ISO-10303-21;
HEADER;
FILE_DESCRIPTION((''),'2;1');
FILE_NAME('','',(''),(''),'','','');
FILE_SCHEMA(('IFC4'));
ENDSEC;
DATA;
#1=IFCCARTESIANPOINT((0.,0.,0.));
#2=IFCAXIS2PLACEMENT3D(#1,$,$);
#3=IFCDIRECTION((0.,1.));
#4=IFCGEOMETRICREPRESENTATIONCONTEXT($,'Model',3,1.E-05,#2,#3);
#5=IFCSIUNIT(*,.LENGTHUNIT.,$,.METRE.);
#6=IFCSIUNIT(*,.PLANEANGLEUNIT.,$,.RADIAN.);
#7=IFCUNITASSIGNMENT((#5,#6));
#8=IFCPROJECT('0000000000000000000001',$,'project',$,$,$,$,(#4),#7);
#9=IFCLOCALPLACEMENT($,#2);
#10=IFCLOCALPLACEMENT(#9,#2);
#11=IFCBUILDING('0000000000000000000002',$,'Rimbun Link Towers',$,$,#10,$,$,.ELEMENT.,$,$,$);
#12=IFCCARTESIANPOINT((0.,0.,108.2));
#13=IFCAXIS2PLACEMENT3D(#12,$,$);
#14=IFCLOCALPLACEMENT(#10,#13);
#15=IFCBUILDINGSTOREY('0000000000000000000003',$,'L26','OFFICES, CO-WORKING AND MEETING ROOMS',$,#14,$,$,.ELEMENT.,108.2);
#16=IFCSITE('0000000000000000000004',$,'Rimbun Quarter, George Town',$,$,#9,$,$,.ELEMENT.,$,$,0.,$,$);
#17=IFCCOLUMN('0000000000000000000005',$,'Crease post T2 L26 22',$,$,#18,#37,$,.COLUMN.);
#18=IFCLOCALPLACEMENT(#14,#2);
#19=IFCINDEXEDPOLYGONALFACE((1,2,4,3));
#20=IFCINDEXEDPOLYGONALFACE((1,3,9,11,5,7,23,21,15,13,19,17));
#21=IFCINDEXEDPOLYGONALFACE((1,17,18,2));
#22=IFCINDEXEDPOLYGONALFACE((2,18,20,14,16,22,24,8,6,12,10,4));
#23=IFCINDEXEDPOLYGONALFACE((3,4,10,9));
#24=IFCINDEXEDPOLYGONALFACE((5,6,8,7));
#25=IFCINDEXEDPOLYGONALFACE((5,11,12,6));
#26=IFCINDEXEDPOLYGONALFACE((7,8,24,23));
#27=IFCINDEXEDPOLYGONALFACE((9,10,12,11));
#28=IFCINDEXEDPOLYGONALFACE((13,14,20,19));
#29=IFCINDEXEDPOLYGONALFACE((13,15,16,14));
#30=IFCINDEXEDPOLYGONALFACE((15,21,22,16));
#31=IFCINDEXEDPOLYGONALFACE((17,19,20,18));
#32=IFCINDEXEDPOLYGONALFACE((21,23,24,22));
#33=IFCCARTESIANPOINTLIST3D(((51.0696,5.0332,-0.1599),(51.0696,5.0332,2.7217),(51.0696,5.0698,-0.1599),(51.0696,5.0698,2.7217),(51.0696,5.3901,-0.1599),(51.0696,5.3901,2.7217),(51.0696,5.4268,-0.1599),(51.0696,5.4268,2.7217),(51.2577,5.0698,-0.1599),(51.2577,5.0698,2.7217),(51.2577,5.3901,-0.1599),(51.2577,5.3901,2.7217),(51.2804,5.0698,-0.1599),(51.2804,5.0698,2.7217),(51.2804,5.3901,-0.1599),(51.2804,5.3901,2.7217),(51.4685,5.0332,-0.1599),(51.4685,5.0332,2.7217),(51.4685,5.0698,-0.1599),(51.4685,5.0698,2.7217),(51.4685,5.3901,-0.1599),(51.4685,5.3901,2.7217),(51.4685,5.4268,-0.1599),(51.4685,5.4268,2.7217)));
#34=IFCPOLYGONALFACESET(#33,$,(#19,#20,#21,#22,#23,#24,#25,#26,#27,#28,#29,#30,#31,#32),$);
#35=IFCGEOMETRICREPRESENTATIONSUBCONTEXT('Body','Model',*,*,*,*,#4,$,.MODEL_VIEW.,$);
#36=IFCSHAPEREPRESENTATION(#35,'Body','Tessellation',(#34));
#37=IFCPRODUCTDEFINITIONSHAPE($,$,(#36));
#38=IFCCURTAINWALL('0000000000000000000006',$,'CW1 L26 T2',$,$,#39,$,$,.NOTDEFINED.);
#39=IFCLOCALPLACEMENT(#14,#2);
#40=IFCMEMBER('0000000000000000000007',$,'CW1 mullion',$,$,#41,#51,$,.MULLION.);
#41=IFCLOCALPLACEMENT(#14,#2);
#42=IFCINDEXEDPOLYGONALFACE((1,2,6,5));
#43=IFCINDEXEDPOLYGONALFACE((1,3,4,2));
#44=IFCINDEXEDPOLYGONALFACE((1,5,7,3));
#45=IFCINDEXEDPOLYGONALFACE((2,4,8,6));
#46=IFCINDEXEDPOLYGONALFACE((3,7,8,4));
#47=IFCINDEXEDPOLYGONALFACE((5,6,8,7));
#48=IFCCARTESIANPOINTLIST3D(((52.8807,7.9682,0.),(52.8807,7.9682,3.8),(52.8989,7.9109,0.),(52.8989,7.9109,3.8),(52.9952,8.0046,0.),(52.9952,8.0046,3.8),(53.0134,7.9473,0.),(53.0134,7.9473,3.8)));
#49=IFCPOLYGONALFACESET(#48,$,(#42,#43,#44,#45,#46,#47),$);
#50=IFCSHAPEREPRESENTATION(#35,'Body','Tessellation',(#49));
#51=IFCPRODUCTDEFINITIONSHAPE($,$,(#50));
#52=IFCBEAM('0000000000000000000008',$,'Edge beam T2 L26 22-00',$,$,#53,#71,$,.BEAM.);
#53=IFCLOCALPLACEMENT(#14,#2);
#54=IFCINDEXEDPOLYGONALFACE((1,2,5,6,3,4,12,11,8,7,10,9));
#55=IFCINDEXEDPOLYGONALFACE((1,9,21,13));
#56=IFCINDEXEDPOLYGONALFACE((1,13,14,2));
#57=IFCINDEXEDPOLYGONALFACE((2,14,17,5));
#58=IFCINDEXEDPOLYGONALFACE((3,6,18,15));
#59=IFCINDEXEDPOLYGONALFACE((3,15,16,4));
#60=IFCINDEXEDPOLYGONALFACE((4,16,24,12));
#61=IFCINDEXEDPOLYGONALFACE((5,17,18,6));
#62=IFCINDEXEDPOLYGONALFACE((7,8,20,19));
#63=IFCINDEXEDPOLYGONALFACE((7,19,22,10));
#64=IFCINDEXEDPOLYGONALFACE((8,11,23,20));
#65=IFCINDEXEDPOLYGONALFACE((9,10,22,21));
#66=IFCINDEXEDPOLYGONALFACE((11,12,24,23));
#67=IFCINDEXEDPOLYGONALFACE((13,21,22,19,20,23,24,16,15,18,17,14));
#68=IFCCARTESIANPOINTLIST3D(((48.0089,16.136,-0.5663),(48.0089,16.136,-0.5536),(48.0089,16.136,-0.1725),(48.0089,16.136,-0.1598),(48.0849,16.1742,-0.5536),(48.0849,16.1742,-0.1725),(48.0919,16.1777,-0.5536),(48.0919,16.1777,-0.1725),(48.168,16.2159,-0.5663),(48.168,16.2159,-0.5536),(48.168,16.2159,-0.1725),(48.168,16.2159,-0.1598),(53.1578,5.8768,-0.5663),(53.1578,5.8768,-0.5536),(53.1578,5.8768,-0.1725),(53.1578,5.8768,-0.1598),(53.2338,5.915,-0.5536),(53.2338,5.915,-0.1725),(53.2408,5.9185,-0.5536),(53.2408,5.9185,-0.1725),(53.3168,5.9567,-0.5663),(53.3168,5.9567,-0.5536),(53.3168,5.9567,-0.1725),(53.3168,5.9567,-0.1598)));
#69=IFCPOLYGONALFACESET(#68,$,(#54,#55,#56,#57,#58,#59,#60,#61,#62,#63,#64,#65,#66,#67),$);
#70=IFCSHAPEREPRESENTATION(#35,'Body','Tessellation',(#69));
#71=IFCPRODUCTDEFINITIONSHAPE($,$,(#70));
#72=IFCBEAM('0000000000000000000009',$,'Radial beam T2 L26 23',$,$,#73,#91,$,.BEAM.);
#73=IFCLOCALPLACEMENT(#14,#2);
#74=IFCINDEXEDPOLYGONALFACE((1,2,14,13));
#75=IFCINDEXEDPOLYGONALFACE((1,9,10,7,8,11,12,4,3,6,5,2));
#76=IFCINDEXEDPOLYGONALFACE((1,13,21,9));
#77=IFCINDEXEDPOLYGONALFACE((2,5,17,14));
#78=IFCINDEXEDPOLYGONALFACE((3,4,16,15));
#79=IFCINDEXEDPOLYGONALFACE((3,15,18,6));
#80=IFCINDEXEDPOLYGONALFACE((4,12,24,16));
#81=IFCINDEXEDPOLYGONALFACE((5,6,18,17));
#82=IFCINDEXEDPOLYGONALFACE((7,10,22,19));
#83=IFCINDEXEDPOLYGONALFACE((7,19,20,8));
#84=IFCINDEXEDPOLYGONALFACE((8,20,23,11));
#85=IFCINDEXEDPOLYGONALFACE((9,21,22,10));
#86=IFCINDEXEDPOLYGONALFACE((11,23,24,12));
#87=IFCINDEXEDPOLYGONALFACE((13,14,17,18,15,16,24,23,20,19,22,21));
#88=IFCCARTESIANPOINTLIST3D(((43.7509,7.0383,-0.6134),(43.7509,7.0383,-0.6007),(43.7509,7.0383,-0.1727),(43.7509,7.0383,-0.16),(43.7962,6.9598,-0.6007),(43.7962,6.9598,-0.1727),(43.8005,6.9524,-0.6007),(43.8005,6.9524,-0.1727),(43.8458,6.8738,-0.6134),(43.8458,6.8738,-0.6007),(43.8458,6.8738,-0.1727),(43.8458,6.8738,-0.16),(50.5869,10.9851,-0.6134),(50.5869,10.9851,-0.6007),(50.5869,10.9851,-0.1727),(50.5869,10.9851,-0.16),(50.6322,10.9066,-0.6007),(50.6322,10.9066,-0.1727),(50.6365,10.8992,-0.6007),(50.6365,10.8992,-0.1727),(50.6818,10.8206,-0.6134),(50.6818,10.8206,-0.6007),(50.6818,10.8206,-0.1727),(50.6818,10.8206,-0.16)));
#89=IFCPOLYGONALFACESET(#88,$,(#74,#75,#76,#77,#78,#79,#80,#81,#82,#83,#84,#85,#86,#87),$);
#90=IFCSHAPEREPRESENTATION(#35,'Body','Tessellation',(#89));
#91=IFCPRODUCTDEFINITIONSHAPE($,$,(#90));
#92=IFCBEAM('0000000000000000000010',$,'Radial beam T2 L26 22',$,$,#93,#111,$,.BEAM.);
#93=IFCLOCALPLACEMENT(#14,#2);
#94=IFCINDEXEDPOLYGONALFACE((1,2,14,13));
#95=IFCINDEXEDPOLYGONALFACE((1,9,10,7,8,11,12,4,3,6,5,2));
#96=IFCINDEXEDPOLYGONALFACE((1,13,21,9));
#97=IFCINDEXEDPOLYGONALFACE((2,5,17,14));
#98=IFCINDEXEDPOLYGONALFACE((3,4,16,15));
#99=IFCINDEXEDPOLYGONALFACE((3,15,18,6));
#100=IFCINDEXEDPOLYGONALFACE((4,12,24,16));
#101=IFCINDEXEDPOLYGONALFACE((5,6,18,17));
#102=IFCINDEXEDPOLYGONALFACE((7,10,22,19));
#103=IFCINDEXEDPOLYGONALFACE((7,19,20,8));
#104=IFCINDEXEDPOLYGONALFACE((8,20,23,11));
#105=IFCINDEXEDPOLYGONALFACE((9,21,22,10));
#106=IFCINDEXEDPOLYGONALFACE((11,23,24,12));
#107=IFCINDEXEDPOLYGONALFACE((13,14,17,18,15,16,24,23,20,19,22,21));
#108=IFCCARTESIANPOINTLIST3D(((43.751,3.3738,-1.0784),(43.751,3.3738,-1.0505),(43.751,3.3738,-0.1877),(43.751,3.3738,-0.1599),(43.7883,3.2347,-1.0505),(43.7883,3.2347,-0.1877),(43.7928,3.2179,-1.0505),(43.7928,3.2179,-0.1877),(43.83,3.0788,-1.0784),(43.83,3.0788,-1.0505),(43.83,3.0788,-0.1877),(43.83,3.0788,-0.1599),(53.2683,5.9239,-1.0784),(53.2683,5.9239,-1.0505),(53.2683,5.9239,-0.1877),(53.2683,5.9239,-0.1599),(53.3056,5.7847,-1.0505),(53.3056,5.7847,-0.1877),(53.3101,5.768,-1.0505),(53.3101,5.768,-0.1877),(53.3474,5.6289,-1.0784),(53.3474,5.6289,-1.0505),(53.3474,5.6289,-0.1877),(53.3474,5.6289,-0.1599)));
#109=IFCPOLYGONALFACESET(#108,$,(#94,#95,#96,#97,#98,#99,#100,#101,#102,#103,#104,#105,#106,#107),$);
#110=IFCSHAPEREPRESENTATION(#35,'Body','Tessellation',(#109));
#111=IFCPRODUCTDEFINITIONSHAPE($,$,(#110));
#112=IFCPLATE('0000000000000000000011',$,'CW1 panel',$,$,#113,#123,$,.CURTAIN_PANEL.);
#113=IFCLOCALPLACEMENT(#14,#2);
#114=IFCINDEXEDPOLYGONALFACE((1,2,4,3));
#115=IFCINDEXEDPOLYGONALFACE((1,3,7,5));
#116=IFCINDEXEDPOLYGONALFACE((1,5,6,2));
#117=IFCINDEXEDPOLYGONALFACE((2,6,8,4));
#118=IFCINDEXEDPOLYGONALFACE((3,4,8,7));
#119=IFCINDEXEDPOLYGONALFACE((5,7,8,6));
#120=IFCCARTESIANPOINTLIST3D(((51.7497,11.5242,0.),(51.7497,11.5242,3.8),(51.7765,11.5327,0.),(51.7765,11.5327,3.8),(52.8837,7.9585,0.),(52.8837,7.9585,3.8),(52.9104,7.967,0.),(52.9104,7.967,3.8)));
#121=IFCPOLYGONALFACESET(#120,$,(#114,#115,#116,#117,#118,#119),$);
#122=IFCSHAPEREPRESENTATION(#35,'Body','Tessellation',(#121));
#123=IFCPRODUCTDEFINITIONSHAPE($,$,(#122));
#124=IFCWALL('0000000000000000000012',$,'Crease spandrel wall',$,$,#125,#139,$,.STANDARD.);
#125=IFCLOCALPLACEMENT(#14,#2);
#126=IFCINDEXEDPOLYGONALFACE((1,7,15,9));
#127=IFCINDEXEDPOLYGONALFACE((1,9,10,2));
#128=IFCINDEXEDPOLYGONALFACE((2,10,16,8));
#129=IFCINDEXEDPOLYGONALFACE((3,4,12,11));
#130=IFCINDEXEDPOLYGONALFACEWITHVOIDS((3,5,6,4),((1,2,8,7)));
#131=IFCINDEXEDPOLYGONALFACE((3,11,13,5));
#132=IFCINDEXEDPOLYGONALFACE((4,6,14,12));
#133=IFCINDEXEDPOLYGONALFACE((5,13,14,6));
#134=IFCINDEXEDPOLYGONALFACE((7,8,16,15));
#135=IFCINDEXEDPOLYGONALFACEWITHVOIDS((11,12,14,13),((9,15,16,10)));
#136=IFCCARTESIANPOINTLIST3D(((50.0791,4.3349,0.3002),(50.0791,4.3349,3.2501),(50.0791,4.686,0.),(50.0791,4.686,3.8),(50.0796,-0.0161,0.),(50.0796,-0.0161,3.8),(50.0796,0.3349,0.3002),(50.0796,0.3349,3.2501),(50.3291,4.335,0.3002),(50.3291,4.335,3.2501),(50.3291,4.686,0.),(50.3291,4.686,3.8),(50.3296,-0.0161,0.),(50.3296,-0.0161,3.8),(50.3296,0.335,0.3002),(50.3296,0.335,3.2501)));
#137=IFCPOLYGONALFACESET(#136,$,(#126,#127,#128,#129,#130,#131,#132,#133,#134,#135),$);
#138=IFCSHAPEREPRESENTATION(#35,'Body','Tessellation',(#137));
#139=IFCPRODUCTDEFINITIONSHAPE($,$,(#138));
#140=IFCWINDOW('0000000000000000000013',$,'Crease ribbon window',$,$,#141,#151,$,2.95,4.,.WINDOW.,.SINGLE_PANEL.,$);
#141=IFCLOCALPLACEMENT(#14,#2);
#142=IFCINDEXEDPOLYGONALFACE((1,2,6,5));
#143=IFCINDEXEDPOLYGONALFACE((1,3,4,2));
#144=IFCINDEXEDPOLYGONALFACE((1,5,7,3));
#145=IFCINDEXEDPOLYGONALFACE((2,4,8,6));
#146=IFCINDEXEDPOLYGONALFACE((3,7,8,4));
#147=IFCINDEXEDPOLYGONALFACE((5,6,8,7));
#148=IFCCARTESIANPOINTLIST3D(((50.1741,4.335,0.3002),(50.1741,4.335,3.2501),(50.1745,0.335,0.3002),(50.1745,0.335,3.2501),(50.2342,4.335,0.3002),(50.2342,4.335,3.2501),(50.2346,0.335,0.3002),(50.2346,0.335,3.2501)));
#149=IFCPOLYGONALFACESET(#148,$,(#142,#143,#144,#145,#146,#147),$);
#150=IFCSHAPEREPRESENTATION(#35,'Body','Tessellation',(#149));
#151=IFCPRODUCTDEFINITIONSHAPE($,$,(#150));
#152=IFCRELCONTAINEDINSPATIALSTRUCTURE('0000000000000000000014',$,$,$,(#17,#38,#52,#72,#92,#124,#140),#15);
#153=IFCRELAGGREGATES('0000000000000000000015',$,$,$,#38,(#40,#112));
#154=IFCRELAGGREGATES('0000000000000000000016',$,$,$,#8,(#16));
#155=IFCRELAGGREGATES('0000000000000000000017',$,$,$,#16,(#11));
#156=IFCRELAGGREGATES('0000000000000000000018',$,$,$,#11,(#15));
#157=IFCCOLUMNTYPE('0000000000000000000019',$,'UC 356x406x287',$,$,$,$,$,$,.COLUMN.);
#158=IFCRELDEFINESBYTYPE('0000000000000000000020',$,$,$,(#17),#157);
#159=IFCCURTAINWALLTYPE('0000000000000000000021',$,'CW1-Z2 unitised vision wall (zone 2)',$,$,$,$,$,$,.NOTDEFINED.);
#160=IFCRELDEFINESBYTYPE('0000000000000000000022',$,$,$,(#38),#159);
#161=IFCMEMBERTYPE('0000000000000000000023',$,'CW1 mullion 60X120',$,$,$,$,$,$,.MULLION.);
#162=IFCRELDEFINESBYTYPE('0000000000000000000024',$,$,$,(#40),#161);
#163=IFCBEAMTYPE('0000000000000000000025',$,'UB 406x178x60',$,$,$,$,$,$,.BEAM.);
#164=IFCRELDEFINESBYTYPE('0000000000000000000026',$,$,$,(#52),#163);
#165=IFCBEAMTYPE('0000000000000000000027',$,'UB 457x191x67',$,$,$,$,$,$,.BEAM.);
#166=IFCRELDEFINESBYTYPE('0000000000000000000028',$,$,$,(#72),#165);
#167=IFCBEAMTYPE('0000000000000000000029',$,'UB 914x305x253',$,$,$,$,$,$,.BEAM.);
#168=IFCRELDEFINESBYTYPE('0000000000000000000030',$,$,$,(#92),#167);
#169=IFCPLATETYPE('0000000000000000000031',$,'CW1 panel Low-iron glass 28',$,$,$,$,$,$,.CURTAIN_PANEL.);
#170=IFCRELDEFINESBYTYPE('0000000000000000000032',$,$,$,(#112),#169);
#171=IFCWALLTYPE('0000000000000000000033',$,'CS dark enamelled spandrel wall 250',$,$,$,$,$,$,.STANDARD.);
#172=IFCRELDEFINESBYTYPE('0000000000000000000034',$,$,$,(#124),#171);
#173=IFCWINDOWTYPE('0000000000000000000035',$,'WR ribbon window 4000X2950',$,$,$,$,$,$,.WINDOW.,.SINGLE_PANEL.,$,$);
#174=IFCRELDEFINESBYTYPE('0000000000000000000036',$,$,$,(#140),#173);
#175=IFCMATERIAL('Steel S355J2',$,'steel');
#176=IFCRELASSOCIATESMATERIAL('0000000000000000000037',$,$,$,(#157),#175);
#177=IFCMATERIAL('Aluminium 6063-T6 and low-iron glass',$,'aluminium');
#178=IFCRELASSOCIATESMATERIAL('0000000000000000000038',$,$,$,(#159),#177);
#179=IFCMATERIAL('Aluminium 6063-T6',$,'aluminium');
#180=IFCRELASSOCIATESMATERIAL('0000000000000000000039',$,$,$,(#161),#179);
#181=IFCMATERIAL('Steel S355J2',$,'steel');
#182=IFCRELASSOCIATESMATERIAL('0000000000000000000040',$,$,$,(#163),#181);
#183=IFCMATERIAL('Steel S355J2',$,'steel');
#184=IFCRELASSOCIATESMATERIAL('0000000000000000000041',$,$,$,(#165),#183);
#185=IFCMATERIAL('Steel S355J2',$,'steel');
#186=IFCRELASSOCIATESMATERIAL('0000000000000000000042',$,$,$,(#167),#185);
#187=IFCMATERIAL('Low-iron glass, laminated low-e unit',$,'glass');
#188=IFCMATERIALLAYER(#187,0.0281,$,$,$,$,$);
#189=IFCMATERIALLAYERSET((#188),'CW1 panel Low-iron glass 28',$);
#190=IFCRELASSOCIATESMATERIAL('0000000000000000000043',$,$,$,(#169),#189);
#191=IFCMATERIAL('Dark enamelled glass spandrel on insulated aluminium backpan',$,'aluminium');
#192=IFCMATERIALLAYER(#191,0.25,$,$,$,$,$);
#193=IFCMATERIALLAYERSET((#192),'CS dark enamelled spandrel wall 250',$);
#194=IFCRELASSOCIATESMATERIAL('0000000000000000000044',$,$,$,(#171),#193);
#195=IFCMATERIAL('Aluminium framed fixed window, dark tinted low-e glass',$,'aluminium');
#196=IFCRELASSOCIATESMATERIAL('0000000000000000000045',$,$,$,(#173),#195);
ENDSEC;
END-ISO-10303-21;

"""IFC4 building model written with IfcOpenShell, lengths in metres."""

from ifc_helpers import new_model, si_unit, direction, frame, frame_2d, origin, origin_2d, place, context, subcontext, project, spatial, rectangle, i_section, extrude, material, layer, layer_set, material_profile, profile_set, type_object, element, fill, aggregate, save


model = new_model("IFC4")

# Units and contexts
model_context = context("Model", 3, precision=1e-05, world=origin(), true_north=direction((0.0, 1.0)))
body_context = subcontext(model_context, "Body", "Model", "MODEL_VIEW")
ifc_project = project(units=[si_unit("LENGTHUNIT", "METRE"), si_unit("PLANEANGLEUNIT", "RADIAN")], contexts=[model_context])

# Site, building, storey
site_placement = place(None, origin())
site = spatial("IfcSite", under=ifc_project, at=site_placement, Name="Rimbun Quarter, George Town", CompositionType="ELEMENT", RefElevation=0.0)
building_placement = place(site_placement, origin())
building = spatial("IfcBuilding", under=site, at=building_placement, Name="Rimbun Link Towers", CompositionType="ELEMENT")
storey_placement = place(building_placement, frame((0.0, 0.0, 108.2)))
storey = spatial("IfcBuildingStorey", under=building, at=storey_placement, Name="L26", Description="OFFICES, CO-WORKING AND MEETING ROOMS", CompositionType="ELEMENT", Elevation=108.2)

# Column
ifc_material_1 = material(Name="Steel S355J2", Category="steel")
ifc_material_profile_1 = material_profile(ifc_material_1, i_section(OverallWidth=0.3989, OverallDepth=0.3936, WebThickness=0.0227, FlangeThickness=0.0366, at=origin_2d()), Name="UC 356x406x287")
ifc_profile_set_1 = profile_set([ifc_material_profile_1], Name="Steel S355J2")
column_type = type_object("IfcColumnType", Name="UC 356x406x287", PredefinedType="COLUMN", material=ifc_profile_set_1)
column_placement = place(storey_placement, frame((51.269, 5.23, -0.1599), z_axis=(0.0, 0.0, 1.0), x_axis=(1.0, 0.0, 0.0)))
element("IfcColumn", 1, at=column_placement, inside=storey, type_object=column_type, Name="Crease post T2 L26 22", PredefinedType="COLUMN", context=body_context, shape_type="SweptSolid", body=[
    extrude(i_section(OverallWidth=0.3989, OverallDepth=0.3936, WebThickness=0.0227, FlangeThickness=0.0366, at=origin_2d()), origin(), (0.0, 0.0, 1.0), 2.8816),
])

# Curtain wall, member
ifc_material_2 = material(Name="Aluminium 6063-T6 and low-iron glass", Category="aluminium")
curtain_wall_type = type_object("IfcCurtainWallType", Name="CW1-Z2 unitised vision wall (zone 2)", PredefinedType="NOTDEFINED", material=ifc_material_2)
curtain_wall_placement = place(storey_placement, origin())
curtain_wall = element("IfcCurtainWall", 2, at=curtain_wall_placement, inside=storey, type_object=curtain_wall_type, Name="CW1 L26 T2", PredefinedType="NOTDEFINED")
ifc_material_3 = material(Name="Aluminium 6063-T6", Category="aluminium")
ifc_material_profile_2 = material_profile(ifc_material_3, rectangle(XDim=0.1201, YDim=0.0601, at=origin_2d()), Name="MULLION 60X120")
ifc_profile_set_2 = profile_set([ifc_material_profile_2], Name="Aluminium 6063-T6")
member_type_1 = type_object("IfcMemberType", Name="CW1 mullion 60X120", PredefinedType="MULLION", material=ifc_profile_set_2)
member_1_placement = place(storey_placement, frame((52.947, 7.9578, 0.0), z_axis=(0.0, 0.0, 1.0), x_axis=(0.952972, 0.303057, 0.0)))
member_1 = element("IfcMember", 3, at=member_1_placement, type_object=member_type_1, Name="CW1 mullion", PredefinedType="MULLION", context=body_context, shape_type="SweptSolid", body=[
    extrude(rectangle(XDim=0.1201, YDim=0.0601, at=origin_2d()), origin(), (0.0, 0.0, 1.0), 3.8),
])

# Beams
ifc_material_4 = material(Name="Steel S355J2", Category="steel")
ifc_material_profile_3 = material_profile(ifc_material_4, i_section(OverallWidth=0.178, OverallDepth=0.4065, WebThickness=0.0078, FlangeThickness=0.0127, at=origin_2d()), Name="UB 406x178x60")
ifc_profile_set_3 = profile_set([ifc_material_profile_3], Name="Steel S355J2")
beam_type_1 = type_object("IfcBeamType", Name="UB 406x178x60", PredefinedType="BEAM", material=ifc_profile_set_3)
beam_1_placement = place(storey_placement, frame((53.2373, 5.9167, -0.363), z_axis=(-0.448557, 0.893754, 0.0), x_axis=(-0.893754, -0.448557, 0.0)))
element("IfcBeam", 4, at=beam_1_placement, inside=storey, type_object=beam_type_1, Name="Edge beam T2 L26 22-00", PredefinedType="BEAM", context=body_context, shape_type="SweptSolid", body=[
    extrude(i_section(OverallWidth=0.178, OverallDepth=0.4065, WebThickness=0.0078, FlangeThickness=0.0127, at=origin_2d()), origin(), (0.0, 0.0, 1.0), 11.4788),
])
ifc_material_5 = material(Name="Steel S355J2", Category="steel")
ifc_material_profile_4 = material_profile(ifc_material_5, i_section(OverallWidth=0.1899, OverallDepth=0.4534, WebThickness=0.0085, FlangeThickness=0.0127, at=origin_2d()), Name="UB 457x191x67")
ifc_profile_set_4 = profile_set([ifc_material_profile_4], Name="Steel S355J2")
beam_type_2 = type_object("IfcBeamType", Name="UB 457x191x67", PredefinedType="BEAM", material=ifc_profile_set_4)
beam_2_placement = place(storey_placement, frame((43.7983, 6.9561, -0.3867), z_axis=(0.866023, 0.500004, 0.0), x_axis=(-0.500004, 0.866023, 0.0)))
element("IfcBeam", 5, at=beam_2_placement, inside=storey, type_object=beam_type_2, Name="Radial beam T2 L26 23", PredefinedType="BEAM", context=body_context, shape_type="SweptSolid", body=[
    extrude(i_section(OverallWidth=0.1899, OverallDepth=0.4534, WebThickness=0.0085, FlangeThickness=0.0127, at=origin_2d()), origin(), (0.0, 0.0, 1.0), 7.8936),
])
ifc_material_6 = material(Name="Steel S355J2", Category="steel")
ifc_material_profile_5 = material_profile(ifc_material_6, i_section(OverallWidth=0.3054, OverallDepth=0.9185, WebThickness=0.0173, FlangeThickness=0.0278, at=origin_2d()), Name="UB 914x305x253")
ifc_profile_set_5 = profile_set([ifc_material_profile_5], Name="Steel S355J2")
beam_type_3 = type_object("IfcBeamType", Name="UB 914x305x253", PredefinedType="BEAM", material=ifc_profile_set_5)
beam_3_placement = place(storey_placement, frame((43.7905, 3.2263, -0.6191), z_axis=(0.965929, 0.258808, 0.0), x_axis=(-0.258808, 0.965929, 0.0)))
element("IfcBeam", 6, at=beam_3_placement, inside=storey, type_object=beam_type_3, Name="Radial beam T2 L26 22", PredefinedType="BEAM", context=body_context, shape_type="SweptSolid", body=[
    extrude(i_section(OverallWidth=0.3054, OverallDepth=0.9185, WebThickness=0.0173, FlangeThickness=0.0278, at=origin_2d()), origin(), (0.0, 0.0, 1.0), 9.853),
])

# Plate
ifc_material_7 = material(Name="Low-iron glass, laminated low-e unit", Category="glass")
ifc_layer_1 = layer(ifc_material_7, 0.0281)
ifc_layer_set_1 = layer_set([ifc_layer_1], Name="CW1 panel Low-iron glass 28")
plate_type = type_object("IfcPlateType", Name="CW1 panel Low-iron glass 28", PredefinedType="CURTAIN_PANEL", material=ifc_layer_set_1)
plate_placement = place(storey_placement, frame((52.3301, 9.7456, 0.0), z_axis=(0.0, 0.0, 1.0), x_axis=(0.303057, -0.952972, 0.0)))
plate = element("IfcPlate", 7, at=plate_placement, type_object=plate_type, Name="CW1 panel", PredefinedType="CURTAIN_PANEL", context=body_context, shape_type="SweptSolid", body=[
    extrude(rectangle(XDim=3.7417, YDim=0.0281, at=origin_2d()), origin(), (0.0, 0.0, 1.0), 3.8),
])
aggregate(curtain_wall, [member_1, plate])

# Wall, opening, window
ifc_material_8 = material(Name="Dark enamelled glass spandrel on insulated aluminium backpan", Category="aluminium")
ifc_layer_2 = layer(ifc_material_8, 0.25)
ifc_layer_set_2 = layer_set([ifc_layer_2], Name="CS dark enamelled spandrel wall 250")
wall_type_1 = type_object("IfcWallType", Name="CS dark enamelled spandrel wall 250", PredefinedType="STANDARD", material=ifc_layer_set_2)
wall_1_placement = place(storey_placement, frame((50.2041, 4.686, 0.0), z_axis=(0.0, 0.0, 1.0), x_axis=(0.000104, -1.0, 0.0)))
wall_1 = element("IfcWall", 8, at=wall_1_placement, inside=storey, type_object=wall_type_1, Name="Crease spandrel wall", PredefinedType="STANDARD", context=body_context, shape_type="SweptSolid", body=[
    extrude(rectangle(XDim=4.7021, YDim=0.25, at=frame_2d((2.3511, 0.0))), origin(), (0.0, 0.0, 1.0), 3.8),
])
opening_1_placement = place(wall_1_placement, frame((0.3511, 0.0, 0.3)))
opening_1 = element("IfcOpeningElement", 9, at=opening_1_placement, cuts=wall_1, PredefinedType="OPENING", context=body_context, shape_type="SweptSolid", body=[
    extrude(rectangle(XDim=4.0, YDim=2.95, at=frame_2d((2.0, 1.4751))), frame((0.0, 0.135, 0.0), z_axis=(0.0, -1.0, 0.0), x_axis=(1.0, 0.0, 0.0)), (0.0, 0.0, 1.0), 0.27),
])
ifc_material_9 = material(Name="Aluminium framed fixed window, dark tinted low-e glass", Category="aluminium")
window_type_1 = type_object("IfcWindowType", Name="WR ribbon window 4000X2950", PartitioningType="SINGLE_PANEL", PredefinedType="WINDOW", material=ifc_material_9)
window_1_placement = place(opening_1_placement, origin())
window_1 = element("IfcWindow", 10, at=window_1_placement, inside=storey, type_object=window_type_1, Name="Crease ribbon window", OverallHeight=2.95, OverallWidth=4.0, PartitioningType="SINGLE_PANEL", PredefinedType="WINDOW", context=body_context, shape_type="SweptSolid", body=[
    extrude(rectangle(XDim=4.0, YDim=2.95, at=frame_2d((2.0, 1.4751))), frame((0.0, 0.03, 0.0), z_axis=(0.0, -1.0, 0.0), x_axis=(1.0, 0.0, 0.0)), (0.0, 0.0, 1.0), 0.0601),
])
fill(opening_1, window_1)

save(model, "model.ifc")
